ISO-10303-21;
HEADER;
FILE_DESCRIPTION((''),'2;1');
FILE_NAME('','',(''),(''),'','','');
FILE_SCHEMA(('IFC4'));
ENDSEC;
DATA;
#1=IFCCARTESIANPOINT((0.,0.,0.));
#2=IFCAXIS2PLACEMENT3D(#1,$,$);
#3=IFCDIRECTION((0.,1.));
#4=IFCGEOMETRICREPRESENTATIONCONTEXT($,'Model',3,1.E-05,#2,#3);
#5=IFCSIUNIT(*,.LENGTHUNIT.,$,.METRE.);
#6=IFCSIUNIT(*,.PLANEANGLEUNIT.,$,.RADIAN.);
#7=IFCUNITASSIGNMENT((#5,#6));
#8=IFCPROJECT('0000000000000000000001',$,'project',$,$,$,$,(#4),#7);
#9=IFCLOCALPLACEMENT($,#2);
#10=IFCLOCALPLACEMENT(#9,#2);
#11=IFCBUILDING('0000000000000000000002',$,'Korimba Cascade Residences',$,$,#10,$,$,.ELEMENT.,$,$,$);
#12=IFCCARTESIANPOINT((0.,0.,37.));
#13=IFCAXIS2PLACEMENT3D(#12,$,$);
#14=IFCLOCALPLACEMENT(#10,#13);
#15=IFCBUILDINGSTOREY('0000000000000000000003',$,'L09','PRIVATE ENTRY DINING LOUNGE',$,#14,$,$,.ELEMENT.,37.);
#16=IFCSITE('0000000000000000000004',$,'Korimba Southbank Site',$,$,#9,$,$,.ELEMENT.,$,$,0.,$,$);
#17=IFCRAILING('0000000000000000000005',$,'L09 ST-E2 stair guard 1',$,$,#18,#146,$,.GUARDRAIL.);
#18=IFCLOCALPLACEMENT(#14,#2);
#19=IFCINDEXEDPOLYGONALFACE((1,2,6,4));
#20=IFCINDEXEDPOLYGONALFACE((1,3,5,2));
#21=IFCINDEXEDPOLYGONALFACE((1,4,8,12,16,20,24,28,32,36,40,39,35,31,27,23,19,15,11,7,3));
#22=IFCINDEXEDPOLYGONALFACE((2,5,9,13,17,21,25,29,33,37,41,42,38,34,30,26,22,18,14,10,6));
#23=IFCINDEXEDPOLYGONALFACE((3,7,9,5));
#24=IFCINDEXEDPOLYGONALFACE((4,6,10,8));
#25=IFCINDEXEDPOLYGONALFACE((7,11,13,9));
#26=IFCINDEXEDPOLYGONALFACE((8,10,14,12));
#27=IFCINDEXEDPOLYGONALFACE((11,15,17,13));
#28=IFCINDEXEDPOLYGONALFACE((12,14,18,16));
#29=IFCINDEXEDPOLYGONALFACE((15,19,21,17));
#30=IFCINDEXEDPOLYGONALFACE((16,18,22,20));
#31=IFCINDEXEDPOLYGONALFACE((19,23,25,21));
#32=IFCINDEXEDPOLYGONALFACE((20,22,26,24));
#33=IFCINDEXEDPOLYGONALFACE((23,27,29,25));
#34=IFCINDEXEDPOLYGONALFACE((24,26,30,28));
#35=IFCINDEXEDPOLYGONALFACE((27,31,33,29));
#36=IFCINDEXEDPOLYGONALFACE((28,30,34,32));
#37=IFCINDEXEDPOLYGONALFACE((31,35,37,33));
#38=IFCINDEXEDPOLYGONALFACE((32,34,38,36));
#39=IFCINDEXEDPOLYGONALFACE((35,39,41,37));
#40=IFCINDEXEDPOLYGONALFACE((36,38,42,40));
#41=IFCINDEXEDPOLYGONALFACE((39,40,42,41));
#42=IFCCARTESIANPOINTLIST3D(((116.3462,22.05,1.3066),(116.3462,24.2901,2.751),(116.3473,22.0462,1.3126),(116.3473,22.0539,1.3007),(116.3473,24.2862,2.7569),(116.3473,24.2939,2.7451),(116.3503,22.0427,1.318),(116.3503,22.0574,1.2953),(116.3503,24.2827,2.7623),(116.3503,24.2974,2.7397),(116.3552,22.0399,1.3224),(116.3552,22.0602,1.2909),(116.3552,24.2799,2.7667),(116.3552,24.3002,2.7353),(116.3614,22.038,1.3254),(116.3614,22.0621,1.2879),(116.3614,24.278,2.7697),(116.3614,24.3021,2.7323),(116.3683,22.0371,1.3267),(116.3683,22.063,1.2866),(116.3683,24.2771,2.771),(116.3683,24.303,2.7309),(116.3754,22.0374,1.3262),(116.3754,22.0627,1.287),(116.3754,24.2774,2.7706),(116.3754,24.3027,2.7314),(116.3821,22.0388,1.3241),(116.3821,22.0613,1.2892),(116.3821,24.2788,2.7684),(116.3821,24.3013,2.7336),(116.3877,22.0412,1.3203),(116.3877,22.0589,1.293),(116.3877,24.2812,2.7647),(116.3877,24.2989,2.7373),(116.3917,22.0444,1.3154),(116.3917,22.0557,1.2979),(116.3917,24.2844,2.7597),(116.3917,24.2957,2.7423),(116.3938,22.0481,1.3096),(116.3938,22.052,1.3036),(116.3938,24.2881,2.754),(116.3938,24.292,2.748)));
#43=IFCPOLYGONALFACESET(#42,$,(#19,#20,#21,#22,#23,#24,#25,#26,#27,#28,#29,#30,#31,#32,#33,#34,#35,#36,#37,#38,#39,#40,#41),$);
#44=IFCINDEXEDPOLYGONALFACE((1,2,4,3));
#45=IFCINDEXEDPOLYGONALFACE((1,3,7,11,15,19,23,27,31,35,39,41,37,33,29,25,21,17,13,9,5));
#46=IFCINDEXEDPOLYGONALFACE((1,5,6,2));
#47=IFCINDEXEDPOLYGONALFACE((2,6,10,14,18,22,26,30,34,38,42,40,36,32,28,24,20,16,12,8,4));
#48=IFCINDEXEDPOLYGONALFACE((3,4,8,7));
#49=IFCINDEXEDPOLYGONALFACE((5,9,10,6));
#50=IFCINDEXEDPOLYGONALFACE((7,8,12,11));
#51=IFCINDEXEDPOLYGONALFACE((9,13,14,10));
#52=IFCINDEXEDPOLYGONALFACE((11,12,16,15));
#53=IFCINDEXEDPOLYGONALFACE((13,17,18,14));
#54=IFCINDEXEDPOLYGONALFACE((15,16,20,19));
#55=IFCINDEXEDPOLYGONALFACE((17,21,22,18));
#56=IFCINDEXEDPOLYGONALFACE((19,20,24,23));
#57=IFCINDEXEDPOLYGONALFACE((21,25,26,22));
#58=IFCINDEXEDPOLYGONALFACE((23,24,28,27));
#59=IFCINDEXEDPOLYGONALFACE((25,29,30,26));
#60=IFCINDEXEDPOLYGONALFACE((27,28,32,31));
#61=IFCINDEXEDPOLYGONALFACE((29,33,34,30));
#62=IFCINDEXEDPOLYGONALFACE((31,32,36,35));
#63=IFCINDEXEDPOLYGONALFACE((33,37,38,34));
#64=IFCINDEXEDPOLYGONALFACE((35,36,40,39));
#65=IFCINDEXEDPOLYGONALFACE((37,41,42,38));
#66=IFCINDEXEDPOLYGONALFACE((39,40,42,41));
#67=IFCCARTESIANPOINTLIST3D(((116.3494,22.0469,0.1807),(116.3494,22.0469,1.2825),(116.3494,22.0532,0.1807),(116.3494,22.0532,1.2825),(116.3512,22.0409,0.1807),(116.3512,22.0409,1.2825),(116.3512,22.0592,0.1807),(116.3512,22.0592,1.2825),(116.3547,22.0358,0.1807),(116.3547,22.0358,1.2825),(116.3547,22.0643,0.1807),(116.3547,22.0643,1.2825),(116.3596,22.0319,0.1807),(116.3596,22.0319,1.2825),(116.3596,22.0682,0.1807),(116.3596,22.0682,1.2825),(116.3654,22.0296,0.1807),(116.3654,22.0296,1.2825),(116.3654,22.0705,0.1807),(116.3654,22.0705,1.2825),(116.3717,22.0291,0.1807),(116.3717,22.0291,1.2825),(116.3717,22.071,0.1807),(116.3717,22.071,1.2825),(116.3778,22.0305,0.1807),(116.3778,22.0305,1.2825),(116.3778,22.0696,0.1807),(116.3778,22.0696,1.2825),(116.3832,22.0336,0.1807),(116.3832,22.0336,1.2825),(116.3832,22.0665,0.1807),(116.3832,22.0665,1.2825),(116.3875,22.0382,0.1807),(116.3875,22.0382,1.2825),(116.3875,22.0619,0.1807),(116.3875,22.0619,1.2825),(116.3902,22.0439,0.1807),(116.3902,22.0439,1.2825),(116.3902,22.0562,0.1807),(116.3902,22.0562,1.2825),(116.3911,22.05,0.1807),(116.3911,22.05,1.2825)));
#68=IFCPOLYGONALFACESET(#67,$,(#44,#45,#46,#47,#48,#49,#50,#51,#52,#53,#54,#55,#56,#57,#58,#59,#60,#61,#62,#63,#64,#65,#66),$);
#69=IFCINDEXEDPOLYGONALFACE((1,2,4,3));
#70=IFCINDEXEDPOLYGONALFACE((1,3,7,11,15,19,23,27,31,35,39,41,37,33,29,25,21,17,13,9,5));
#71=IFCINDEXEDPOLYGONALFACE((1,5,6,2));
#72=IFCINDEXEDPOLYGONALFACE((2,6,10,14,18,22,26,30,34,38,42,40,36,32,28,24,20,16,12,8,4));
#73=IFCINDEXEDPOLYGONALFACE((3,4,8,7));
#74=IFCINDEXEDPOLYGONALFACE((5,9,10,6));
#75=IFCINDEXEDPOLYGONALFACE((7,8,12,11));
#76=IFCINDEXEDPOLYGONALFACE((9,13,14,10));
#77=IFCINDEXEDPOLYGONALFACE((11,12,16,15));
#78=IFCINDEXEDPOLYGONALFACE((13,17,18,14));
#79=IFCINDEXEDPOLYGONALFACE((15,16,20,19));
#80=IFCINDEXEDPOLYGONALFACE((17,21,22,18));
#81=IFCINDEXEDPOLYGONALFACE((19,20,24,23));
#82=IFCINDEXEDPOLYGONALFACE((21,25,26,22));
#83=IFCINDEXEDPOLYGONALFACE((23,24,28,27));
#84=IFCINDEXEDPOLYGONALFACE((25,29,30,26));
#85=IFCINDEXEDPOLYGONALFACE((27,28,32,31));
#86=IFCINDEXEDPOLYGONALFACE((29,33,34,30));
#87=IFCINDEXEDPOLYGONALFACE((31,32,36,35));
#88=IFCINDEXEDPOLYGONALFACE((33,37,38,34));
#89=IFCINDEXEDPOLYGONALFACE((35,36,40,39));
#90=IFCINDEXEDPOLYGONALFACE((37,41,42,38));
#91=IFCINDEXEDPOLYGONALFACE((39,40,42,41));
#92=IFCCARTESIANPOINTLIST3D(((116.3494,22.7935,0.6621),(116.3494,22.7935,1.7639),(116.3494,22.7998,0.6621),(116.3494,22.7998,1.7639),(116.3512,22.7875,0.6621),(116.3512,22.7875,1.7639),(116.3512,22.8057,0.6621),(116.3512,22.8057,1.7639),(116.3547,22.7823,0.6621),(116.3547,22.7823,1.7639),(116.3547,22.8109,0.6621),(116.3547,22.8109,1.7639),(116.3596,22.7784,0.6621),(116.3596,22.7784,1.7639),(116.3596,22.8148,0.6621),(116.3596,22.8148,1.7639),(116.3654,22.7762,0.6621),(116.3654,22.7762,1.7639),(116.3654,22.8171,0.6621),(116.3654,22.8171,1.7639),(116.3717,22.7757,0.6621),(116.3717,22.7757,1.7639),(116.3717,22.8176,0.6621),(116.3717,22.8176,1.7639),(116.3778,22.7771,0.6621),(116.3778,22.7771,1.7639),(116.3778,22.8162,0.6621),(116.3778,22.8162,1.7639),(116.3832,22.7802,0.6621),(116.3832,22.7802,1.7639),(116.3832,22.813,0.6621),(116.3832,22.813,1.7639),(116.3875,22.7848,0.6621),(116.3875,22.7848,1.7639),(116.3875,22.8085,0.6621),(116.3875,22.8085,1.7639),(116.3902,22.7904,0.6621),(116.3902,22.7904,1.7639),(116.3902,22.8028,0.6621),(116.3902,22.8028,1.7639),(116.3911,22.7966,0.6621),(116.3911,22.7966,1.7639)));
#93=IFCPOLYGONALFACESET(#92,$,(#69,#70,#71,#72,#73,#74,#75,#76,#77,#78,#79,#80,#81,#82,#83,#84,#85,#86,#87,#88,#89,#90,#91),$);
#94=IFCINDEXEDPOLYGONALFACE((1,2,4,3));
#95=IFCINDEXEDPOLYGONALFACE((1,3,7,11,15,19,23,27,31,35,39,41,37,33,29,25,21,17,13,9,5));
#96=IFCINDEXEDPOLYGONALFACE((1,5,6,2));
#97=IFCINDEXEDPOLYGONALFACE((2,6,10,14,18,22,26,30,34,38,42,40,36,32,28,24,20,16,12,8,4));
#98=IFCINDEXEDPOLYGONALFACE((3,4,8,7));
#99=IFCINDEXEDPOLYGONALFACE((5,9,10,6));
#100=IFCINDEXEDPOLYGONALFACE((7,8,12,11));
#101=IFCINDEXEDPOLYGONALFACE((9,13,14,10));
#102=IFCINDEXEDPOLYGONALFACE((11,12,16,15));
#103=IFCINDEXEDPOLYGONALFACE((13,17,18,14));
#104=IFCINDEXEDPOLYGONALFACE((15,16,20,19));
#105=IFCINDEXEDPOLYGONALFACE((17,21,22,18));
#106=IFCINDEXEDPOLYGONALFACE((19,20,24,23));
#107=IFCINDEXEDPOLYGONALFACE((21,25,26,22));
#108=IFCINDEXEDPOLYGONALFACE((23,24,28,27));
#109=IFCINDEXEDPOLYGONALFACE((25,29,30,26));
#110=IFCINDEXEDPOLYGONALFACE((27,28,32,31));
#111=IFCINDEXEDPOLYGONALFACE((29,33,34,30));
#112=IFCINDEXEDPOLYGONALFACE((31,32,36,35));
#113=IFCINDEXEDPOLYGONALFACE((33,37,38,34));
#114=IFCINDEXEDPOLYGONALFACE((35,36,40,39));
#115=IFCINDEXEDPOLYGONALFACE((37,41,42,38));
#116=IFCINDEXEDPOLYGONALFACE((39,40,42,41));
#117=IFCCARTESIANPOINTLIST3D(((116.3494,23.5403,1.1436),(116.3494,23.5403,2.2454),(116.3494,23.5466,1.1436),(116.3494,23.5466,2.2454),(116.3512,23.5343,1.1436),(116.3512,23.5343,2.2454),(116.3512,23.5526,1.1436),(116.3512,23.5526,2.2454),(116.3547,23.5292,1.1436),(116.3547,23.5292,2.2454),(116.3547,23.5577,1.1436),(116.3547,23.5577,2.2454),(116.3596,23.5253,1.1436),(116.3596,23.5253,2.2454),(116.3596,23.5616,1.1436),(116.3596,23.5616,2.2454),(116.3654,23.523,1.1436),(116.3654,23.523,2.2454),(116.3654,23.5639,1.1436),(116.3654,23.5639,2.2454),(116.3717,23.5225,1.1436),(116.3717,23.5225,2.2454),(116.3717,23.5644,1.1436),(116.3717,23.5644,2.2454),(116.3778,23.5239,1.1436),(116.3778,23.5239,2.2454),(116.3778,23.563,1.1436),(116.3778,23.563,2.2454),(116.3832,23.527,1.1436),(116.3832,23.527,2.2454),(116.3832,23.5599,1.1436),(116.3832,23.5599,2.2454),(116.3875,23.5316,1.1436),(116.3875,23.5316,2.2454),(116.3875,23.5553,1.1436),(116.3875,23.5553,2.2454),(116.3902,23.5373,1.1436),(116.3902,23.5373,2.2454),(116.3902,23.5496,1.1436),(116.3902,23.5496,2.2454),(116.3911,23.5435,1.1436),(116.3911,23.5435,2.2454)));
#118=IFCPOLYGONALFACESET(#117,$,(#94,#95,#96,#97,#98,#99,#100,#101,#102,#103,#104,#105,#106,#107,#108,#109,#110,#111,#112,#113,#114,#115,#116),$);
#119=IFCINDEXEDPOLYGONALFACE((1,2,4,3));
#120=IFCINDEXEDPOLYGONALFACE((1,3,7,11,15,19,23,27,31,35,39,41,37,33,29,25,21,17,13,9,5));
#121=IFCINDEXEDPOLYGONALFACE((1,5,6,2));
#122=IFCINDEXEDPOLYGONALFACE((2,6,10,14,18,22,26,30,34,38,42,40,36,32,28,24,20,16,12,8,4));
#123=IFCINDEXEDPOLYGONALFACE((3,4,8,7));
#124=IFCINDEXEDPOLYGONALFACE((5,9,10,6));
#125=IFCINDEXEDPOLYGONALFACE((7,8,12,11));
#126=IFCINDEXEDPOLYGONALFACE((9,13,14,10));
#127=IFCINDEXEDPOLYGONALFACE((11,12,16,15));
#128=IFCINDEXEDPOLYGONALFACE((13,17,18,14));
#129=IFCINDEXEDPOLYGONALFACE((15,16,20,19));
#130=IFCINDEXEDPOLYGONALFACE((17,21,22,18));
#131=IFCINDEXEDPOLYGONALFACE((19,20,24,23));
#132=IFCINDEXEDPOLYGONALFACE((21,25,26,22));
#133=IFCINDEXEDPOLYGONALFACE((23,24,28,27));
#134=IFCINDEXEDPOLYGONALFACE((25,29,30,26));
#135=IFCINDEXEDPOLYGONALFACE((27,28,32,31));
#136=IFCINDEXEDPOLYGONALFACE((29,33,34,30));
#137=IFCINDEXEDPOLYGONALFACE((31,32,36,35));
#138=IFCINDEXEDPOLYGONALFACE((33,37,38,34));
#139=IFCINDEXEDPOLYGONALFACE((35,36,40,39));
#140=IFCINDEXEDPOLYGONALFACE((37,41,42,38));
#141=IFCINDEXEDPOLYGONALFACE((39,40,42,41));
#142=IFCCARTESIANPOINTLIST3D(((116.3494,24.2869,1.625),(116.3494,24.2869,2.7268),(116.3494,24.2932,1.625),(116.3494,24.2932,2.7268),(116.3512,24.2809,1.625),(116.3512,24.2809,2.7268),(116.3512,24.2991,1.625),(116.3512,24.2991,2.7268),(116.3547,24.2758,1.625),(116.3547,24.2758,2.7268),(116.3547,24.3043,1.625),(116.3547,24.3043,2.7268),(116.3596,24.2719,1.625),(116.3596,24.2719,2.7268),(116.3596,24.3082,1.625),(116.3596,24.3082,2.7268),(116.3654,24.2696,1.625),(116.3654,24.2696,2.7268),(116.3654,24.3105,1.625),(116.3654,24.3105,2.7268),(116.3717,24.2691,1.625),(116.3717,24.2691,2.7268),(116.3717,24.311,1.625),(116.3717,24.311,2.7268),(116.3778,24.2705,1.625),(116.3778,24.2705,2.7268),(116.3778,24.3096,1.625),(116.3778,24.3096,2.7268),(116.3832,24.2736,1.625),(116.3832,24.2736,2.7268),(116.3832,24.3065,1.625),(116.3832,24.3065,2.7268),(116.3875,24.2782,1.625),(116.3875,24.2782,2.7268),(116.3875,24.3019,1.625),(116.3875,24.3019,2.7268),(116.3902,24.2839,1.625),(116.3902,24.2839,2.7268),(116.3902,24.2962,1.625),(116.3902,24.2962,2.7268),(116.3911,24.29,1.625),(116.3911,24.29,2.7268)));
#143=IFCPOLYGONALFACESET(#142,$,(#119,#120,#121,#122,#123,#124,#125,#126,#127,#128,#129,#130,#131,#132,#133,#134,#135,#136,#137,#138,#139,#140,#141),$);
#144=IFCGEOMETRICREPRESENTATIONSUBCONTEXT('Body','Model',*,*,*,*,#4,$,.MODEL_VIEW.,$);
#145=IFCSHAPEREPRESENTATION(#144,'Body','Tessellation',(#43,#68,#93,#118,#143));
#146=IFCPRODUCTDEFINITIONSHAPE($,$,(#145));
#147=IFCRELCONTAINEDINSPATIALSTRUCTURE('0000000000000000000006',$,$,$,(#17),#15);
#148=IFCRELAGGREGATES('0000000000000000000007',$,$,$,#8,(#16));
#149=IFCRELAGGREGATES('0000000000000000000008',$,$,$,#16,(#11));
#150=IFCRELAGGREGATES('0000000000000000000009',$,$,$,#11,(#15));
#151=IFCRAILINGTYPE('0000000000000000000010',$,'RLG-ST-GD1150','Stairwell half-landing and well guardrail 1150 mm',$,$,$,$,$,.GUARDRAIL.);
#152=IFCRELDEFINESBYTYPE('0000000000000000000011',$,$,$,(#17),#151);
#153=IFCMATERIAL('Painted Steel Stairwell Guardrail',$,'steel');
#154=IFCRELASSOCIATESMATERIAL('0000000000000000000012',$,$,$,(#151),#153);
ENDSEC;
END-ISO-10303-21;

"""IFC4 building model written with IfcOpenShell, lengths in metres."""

from ifc_helpers import new_model, si_unit, direction, frame, origin, origin_2d, place, context, subcontext, project, spatial, circle, extrude, material, type_object, element, save


model = new_model("IFC4")

# Units and contexts
model_context = context("Model", 3, precision=1e-05, world=origin(), true_north=direction((0.0, 1.0)))
body_context = subcontext(model_context, "Body", "Model", "MODEL_VIEW")
ifc_project = project(units=[si_unit("LENGTHUNIT", "METRE"), si_unit("PLANEANGLEUNIT", "RADIAN")], contexts=[model_context])

# Site, building, storey
site_placement = place(None, origin())
site = spatial("IfcSite", under=ifc_project, at=site_placement, Name="Korimba Southbank Site", CompositionType="ELEMENT", RefElevation=0.0)
building_placement = place(site_placement, origin())
building = spatial("IfcBuilding", under=site, at=building_placement, Name="Korimba Cascade Residences", CompositionType="ELEMENT")
storey_placement = place(building_placement, frame((0.0, 0.0, 37.0)))
storey = spatial("IfcBuildingStorey", under=building, at=storey_placement, Name="L09", Description="PRIVATE ENTRY DINING LOUNGE", CompositionType="ELEMENT", Elevation=37.0)

# Railing
ifc_material_1 = material(Name="Painted Steel Stairwell Guardrail", Category="steel")
railing_type_1 = type_object("IfcRailingType", Name="RLG-ST-GD1150", Description="Stairwell half-landing and well guardrail 1150 mm", PredefinedType="GUARDRAIL", material=ifc_material_1)
railing_1_placement = place(storey_placement, frame((116.3701, 22.05, 0.1807)))
element("IfcRailing", 1, at=railing_1_placement, inside=storey, type_object=railing_type_1, Name="L09 ST-E2 stair guard 1", PredefinedType="GUARDRAIL", context=body_context, shape_type="SweptSolid", body=[
    extrude(circle(Radius=0.0239, at=origin_2d()), frame((0.0, 0.0, 1.126), z_axis=(0.0, 0.840437, 0.54191), x_axis=(-1.0, 0.0, 0.0)), (0.0, 0.0, 1.0), 2.6653),
    extrude(circle(Radius=0.021, at=origin_2d()), origin(), (0.0, 0.0, 1.0), 1.1018),
    extrude(circle(Radius=0.021, at=origin_2d()), frame((0.0, 0.7466, 0.4814)), (0.0, 0.0, 1.0), 1.1018),
    extrude(circle(Radius=0.021, at=origin_2d()), frame((0.0, 1.4934, 0.9629)), (0.0, 0.0, 1.0), 1.1018),
    extrude(circle(Radius=0.021, at=origin_2d()), frame((0.0, 2.24, 1.4443)), (0.0, 0.0, 1.0), 1.1018),
])

save(model, "model.ifc")
